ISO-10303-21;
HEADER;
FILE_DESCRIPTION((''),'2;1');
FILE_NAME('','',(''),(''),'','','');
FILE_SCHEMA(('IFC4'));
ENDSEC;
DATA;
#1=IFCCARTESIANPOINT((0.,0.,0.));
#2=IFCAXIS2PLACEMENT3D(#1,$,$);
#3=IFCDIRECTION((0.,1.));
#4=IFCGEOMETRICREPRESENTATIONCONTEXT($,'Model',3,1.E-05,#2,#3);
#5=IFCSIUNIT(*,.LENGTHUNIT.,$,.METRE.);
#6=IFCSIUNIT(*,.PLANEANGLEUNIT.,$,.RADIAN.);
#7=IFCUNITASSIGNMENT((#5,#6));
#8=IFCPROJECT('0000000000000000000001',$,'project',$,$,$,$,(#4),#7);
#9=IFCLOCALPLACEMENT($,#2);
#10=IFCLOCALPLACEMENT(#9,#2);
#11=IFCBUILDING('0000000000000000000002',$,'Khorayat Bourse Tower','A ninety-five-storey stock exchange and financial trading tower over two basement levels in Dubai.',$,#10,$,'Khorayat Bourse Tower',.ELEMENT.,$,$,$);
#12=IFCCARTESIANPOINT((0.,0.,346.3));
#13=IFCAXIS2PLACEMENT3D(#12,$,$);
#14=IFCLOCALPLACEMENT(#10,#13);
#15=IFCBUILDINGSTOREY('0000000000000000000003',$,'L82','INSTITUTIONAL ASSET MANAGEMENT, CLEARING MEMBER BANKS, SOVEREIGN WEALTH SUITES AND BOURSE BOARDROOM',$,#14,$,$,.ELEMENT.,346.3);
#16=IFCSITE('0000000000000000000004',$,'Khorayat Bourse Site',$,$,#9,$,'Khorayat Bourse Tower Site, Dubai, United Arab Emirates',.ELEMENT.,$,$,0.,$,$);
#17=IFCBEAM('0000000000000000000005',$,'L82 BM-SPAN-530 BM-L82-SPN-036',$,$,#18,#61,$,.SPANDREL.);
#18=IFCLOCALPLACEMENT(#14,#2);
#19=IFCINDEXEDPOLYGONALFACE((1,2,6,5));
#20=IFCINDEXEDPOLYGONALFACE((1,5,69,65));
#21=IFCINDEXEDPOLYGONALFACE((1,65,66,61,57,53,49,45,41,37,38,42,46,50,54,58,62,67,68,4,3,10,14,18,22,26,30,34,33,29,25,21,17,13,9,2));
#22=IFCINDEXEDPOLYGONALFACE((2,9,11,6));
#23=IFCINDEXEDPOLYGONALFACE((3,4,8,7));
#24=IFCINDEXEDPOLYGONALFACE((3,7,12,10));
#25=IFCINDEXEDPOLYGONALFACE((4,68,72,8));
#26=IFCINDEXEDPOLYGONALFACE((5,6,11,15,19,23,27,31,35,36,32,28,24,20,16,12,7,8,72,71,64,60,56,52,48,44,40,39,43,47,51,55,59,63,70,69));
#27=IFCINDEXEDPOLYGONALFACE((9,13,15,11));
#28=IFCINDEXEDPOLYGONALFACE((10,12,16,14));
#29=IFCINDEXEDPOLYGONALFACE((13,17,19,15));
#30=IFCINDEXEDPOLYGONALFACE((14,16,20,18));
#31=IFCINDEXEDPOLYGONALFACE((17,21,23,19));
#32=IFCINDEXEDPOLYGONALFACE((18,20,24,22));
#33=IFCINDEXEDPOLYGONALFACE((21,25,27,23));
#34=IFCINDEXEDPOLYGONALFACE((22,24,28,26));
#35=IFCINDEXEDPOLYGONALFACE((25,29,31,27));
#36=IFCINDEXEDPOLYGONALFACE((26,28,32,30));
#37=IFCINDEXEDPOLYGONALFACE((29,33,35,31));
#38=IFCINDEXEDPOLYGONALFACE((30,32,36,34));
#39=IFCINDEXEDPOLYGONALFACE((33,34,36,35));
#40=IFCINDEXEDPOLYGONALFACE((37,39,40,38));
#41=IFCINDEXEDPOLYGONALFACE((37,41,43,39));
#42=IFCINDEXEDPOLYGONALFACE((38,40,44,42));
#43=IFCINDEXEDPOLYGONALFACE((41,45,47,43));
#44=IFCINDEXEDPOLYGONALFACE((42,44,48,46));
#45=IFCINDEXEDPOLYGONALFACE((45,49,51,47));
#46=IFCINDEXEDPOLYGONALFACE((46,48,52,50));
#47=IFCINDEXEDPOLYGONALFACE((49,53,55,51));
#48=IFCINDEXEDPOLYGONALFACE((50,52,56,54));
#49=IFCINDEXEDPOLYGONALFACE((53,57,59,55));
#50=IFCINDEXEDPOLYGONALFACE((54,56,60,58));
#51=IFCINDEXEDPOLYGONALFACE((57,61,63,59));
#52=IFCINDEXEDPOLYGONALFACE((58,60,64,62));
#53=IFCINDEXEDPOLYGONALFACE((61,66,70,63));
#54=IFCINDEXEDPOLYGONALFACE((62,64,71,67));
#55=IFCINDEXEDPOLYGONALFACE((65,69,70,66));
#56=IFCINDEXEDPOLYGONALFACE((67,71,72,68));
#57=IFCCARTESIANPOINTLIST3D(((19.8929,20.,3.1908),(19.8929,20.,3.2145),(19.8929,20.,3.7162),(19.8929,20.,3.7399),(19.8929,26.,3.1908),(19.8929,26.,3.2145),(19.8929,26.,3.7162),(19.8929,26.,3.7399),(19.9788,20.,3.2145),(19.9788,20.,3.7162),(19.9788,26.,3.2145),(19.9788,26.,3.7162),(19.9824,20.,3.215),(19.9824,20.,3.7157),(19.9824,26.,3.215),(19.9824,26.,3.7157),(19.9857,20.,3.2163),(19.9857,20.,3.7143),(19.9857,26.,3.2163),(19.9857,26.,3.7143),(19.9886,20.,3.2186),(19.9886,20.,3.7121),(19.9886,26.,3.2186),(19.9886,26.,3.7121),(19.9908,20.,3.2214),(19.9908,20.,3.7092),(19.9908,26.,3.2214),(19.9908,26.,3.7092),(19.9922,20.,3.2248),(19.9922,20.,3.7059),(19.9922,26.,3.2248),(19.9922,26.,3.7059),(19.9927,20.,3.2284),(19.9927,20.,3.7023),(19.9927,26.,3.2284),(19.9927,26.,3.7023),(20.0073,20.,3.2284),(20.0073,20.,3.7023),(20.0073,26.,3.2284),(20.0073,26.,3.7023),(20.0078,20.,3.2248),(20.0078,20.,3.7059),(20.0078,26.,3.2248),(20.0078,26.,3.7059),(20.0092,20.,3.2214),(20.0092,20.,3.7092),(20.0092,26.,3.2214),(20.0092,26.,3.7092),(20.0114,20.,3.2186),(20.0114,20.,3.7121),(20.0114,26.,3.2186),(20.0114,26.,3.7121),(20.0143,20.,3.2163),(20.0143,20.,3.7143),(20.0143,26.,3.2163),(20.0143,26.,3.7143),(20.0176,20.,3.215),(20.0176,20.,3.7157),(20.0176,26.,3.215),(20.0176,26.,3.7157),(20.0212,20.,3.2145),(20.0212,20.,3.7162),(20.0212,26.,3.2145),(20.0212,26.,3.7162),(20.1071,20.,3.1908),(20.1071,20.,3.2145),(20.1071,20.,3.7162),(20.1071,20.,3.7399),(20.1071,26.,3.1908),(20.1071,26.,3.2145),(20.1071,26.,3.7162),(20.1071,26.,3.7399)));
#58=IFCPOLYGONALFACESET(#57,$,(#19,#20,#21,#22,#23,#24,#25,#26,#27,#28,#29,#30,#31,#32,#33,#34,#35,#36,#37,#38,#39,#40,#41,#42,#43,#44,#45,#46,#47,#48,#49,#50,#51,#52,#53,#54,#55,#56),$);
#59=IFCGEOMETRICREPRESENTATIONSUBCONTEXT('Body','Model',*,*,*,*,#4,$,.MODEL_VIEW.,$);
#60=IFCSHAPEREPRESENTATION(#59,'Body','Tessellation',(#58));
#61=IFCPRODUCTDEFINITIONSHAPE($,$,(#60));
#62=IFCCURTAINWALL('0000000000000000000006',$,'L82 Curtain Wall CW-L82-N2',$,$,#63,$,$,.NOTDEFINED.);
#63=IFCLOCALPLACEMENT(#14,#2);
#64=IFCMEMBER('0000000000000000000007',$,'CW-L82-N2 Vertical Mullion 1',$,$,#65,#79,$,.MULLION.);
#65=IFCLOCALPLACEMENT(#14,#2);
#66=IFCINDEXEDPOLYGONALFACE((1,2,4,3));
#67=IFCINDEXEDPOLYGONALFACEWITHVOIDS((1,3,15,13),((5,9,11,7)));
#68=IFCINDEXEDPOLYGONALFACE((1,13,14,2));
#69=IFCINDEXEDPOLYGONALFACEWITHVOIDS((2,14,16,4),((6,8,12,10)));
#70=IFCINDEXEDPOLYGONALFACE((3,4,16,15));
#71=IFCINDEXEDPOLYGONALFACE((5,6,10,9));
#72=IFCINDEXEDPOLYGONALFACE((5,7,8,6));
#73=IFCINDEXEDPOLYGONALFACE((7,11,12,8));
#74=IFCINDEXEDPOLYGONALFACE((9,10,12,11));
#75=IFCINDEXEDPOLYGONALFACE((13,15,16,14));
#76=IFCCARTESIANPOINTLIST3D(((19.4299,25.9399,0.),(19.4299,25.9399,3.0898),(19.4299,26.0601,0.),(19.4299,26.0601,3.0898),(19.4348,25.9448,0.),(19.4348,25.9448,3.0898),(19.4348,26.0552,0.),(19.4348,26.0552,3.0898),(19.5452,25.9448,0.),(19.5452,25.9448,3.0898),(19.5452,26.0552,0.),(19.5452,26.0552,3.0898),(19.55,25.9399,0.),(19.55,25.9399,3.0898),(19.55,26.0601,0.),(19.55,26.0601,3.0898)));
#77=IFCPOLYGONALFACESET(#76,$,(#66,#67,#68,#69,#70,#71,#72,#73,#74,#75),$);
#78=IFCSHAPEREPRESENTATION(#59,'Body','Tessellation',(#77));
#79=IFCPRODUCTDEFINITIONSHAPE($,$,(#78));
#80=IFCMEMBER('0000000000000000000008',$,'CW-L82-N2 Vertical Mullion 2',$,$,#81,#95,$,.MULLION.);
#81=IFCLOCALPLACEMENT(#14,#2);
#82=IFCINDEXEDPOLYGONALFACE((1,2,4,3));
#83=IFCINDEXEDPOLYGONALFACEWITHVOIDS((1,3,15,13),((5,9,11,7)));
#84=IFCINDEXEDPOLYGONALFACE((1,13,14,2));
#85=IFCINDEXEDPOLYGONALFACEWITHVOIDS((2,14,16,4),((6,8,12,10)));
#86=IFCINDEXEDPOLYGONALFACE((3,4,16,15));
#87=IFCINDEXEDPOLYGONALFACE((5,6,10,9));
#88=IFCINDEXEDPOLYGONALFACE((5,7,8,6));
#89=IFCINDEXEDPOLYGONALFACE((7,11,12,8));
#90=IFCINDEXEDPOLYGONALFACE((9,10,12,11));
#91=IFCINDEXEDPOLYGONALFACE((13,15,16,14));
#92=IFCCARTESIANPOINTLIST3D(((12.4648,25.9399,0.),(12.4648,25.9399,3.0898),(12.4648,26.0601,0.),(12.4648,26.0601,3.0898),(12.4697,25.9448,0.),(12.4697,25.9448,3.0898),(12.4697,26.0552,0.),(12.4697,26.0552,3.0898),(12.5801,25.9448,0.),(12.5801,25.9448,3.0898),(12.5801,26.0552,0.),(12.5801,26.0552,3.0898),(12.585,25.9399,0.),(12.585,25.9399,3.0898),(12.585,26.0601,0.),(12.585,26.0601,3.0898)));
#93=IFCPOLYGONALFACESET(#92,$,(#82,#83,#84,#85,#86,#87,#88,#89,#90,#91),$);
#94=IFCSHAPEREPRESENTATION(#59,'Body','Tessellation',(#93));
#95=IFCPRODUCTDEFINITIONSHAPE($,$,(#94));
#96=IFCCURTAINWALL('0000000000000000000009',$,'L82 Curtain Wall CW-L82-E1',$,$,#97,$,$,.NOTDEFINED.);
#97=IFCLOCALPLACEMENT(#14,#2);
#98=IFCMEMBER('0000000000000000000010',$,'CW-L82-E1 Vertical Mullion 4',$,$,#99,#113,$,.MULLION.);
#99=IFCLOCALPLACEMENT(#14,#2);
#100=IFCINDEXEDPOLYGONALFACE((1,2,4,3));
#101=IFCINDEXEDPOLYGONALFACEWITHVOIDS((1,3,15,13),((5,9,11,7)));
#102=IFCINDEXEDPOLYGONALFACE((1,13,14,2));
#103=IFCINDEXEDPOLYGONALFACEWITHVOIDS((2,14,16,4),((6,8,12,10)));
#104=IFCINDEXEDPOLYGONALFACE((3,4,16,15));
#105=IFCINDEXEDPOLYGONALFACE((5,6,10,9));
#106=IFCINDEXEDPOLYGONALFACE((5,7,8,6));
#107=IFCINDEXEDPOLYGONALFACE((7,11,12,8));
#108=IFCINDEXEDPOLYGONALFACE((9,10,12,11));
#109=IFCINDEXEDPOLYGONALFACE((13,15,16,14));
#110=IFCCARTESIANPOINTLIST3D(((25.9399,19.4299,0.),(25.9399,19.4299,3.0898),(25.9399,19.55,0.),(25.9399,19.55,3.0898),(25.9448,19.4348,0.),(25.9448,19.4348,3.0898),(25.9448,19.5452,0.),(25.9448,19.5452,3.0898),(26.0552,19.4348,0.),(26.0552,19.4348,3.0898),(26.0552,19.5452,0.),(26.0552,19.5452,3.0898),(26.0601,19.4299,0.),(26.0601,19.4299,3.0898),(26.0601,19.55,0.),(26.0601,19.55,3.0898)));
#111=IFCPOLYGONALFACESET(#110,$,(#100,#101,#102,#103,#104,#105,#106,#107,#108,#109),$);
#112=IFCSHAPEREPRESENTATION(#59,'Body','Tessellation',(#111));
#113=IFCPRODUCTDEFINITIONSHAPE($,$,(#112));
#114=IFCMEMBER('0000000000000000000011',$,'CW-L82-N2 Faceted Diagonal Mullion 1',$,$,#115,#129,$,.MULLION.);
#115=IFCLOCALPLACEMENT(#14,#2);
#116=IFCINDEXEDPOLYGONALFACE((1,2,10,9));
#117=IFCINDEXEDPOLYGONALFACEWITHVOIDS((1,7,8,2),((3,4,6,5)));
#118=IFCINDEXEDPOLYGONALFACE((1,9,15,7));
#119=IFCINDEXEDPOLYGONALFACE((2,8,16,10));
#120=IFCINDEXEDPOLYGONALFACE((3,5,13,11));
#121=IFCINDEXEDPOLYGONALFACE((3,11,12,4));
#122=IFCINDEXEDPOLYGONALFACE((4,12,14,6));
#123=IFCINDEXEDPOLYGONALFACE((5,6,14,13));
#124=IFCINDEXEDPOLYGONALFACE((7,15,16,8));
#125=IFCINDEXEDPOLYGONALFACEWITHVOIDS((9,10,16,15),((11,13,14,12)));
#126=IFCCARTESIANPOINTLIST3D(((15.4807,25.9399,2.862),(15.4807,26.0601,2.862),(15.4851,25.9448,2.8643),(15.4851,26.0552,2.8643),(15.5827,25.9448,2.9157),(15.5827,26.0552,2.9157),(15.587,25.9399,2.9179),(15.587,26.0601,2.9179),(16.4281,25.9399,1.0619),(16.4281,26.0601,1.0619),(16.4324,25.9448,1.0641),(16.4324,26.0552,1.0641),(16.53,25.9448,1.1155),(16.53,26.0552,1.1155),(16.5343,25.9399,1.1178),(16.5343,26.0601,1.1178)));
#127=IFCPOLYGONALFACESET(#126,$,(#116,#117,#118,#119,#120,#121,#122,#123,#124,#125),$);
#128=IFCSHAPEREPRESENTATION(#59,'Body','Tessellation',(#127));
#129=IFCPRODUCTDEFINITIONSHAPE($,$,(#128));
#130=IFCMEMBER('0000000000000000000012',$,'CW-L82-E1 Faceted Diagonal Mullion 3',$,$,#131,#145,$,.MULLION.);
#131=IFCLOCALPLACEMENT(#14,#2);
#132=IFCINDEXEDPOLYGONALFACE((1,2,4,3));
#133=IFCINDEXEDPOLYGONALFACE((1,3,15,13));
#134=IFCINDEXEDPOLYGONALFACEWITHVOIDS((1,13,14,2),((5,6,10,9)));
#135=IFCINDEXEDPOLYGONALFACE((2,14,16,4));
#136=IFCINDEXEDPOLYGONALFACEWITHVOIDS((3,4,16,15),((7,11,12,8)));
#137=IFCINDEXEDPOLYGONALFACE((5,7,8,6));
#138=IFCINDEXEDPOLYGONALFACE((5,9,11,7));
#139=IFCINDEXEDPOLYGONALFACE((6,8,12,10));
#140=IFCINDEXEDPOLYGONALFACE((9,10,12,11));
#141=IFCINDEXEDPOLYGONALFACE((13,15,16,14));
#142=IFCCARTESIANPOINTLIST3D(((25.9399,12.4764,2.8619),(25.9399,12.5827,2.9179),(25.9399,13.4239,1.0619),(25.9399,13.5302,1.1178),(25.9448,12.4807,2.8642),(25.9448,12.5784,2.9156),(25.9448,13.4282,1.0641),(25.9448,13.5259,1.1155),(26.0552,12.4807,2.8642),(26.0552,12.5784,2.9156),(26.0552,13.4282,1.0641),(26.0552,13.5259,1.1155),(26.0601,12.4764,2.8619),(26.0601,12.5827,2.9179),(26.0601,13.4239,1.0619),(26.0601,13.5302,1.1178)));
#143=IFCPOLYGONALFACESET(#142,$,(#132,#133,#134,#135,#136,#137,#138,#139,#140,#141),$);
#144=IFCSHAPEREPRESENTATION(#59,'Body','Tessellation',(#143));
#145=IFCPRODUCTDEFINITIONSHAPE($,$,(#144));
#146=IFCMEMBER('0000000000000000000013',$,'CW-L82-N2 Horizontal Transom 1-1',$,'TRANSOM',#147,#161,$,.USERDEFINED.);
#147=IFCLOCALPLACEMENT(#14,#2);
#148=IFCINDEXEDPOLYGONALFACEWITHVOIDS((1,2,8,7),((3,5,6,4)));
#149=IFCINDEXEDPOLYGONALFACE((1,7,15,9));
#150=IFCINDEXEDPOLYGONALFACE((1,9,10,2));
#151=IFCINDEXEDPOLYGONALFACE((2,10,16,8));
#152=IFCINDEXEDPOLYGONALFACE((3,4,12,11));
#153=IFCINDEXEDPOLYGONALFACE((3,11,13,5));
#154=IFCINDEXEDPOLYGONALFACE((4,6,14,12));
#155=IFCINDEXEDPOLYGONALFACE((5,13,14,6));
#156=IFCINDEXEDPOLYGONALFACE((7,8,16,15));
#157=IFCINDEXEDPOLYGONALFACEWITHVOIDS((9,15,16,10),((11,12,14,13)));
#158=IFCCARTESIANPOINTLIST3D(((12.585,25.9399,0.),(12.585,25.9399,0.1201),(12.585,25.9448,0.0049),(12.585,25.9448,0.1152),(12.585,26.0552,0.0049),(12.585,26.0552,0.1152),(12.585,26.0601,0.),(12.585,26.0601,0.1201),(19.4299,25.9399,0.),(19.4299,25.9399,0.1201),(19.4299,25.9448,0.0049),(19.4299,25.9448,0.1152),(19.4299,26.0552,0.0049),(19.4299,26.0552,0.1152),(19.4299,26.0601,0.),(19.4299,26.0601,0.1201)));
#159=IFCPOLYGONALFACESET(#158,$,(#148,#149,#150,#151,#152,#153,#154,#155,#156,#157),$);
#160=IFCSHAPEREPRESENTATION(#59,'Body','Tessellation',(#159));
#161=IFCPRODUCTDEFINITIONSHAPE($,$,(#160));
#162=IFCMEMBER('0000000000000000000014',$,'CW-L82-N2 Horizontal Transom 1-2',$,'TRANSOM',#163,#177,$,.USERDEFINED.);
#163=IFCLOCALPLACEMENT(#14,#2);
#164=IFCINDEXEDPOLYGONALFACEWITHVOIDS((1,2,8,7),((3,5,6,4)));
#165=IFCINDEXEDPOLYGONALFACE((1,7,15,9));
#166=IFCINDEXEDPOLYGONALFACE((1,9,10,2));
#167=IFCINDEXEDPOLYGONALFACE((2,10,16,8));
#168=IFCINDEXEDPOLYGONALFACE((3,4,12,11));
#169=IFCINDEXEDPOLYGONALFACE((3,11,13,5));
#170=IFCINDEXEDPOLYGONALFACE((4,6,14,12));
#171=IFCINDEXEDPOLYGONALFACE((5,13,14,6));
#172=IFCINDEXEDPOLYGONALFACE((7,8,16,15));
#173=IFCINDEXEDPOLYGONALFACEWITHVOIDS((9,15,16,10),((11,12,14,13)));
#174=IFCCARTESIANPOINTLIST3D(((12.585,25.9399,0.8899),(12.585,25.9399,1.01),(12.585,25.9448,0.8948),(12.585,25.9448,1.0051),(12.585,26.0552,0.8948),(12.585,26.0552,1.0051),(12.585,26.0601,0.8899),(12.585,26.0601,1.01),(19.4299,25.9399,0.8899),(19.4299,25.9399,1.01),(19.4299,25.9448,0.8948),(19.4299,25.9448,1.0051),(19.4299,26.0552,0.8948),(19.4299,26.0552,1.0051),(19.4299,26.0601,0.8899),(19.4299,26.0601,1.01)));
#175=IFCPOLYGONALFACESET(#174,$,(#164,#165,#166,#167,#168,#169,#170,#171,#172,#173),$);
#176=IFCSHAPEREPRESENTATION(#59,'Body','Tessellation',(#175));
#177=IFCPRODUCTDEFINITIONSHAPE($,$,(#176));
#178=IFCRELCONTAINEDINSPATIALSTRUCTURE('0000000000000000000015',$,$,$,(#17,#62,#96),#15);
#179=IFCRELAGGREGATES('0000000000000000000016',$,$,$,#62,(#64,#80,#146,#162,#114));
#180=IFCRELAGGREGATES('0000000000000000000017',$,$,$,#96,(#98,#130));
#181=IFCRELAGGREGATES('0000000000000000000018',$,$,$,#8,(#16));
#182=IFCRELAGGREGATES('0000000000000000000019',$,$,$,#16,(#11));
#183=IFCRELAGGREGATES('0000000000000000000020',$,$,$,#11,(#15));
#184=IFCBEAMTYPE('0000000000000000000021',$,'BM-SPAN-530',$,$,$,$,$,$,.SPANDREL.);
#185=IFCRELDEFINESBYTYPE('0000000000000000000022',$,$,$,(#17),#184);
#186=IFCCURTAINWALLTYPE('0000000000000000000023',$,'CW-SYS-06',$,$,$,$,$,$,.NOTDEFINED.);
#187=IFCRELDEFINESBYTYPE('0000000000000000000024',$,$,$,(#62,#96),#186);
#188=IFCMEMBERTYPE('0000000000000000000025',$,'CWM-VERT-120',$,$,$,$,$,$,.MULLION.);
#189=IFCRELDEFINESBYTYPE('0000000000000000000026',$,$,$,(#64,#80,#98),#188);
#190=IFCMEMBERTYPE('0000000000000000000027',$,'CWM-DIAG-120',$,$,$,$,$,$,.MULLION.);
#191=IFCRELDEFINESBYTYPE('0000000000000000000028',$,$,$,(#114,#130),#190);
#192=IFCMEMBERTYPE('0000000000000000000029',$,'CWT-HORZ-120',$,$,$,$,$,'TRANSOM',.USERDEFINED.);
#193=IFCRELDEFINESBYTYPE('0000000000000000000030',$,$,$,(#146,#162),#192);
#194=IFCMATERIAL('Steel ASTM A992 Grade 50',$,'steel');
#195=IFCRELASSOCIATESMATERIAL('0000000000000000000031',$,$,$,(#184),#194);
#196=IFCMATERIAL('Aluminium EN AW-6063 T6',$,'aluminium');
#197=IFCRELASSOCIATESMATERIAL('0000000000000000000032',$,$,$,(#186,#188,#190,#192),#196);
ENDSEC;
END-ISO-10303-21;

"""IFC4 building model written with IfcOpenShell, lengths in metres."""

from ifc_helpers import new_model, si_unit, direction, frame, origin, origin_2d, place, context, subcontext, project, spatial, hollow_rectangle, i_section, extrude, source, transform, mapped, material, material_profile, profile_set, type_object, element, aggregate, save


model = new_model("IFC4")

# Units and contexts
model_context = context("Model", 3, precision=1e-05, world=origin(), true_north=direction((0.0, 1.0)))
body_context = subcontext(model_context, "Body", "Model", "MODEL_VIEW")
ifc_project = project(units=[si_unit("LENGTHUNIT", "METRE"), si_unit("PLANEANGLEUNIT", "RADIAN")], contexts=[model_context])

# Site, building, storey
site_placement = place(None, origin())
site = spatial("IfcSite", under=ifc_project, at=site_placement, Name="Khorayat Bourse Site", LongName="Khorayat Bourse Tower Site, Dubai, United Arab Emirates", CompositionType="ELEMENT", RefElevation=0.0)
building_placement = place(site_placement, origin())
building = spatial("IfcBuilding", under=site, at=building_placement, Name="Khorayat Bourse Tower", Description="A ninety-five-storey stock exchange and financial trading tower over two basement levels in Dubai.", LongName="Khorayat Bourse Tower", CompositionType="ELEMENT")
storey_placement = place(building_placement, frame((0.0, 0.0, 346.3)))
storey = spatial("IfcBuildingStorey", under=building, at=storey_placement, Name="L82", Description="INSTITUTIONAL ASSET MANAGEMENT, CLEARING MEMBER BANKS, SOVEREIGN WEALTH SUITES AND BOURSE BOARDROOM", CompositionType="ELEMENT", Elevation=346.3)

# Beam
ifc_material_1 = material(Name="Steel ASTM A992 Grade 50", Category="steel")
ifc_material_profile_1 = material_profile(ifc_material_1, i_section(OverallWidth=0.2141, OverallDepth=0.5491, WebThickness=0.0146, FlangeThickness=0.0237, FilletRadius=0.0139, at=origin_2d()), Name="W530X138")
ifc_profile_set_1 = profile_set([ifc_material_profile_1], Name="Steel ASTM A992 Grade 50")
beam_type = type_object("IfcBeamType", Name="BM-SPAN-530", PredefinedType="SPANDREL", material=ifc_profile_set_1)
shared_shape_1 = source(origin(), body_context, "Body", "SweptSolid", [
    extrude(i_section(OverallWidth=0.2141, OverallDepth=0.5491, WebThickness=0.0146, FlangeThickness=0.0237, FilletRadius=0.0139, at=origin_2d()), origin(), (0.0, 0.0, 1.0), 6.0),
])
for number, where, z_axis, x_axis, name in (
    (1, (20.0, 20.0, 3.4653), (0.0, 1.0, 0.0), (-1.0, 0.0, 0.0), "L82 BM-SPAN-530 BM-L82-SPN-036"),
):
    element("IfcBeam", number, at=place(storey_placement, frame(where, z_axis=z_axis, x_axis=x_axis)), inside=storey, type_object=beam_type, Name=name, PredefinedType="SPANDREL", context=body_context, shape_type="MappedRepresentation", body=[
        mapped(shared_shape_1, transform((0.0, 0.0, 0.0), scale=1.0)),
    ])

# Curtain wall, members
ifc_material_2 = material(Name="Aluminium EN AW-6063 T6", Category="aluminium")
curtain_wall_type = type_object("IfcCurtainWallType", Name="CW-SYS-06", PredefinedType="NOTDEFINED", material=ifc_material_2)
curtain_wall_1_placement = place(storey_placement, origin())
curtain_wall_1 = element("IfcCurtainWall", 2, at=curtain_wall_1_placement, inside=storey, type_object=curtain_wall_type, Name="L82 Curtain Wall CW-L82-N2", PredefinedType="NOTDEFINED")
ifc_material_profile_2 = material_profile(ifc_material_2, hollow_rectangle(XDim=0.1201, YDim=0.1201, WallThickness=0.0049, at=origin_2d()), Name="ALU 120x120x5")
ifc_profile_set_2 = profile_set([ifc_material_profile_2], Name="Aluminium EN AW-6063 T6")
member_type_1 = type_object("IfcMemberType", Name="CWM-VERT-120", PredefinedType="MULLION", material=ifc_profile_set_2)
shared_shape_2 = source(origin(), body_context, "Body", "SweptSolid", [
    extrude(hollow_rectangle(XDim=0.1201, YDim=0.1201, WallThickness=0.0049, at=origin_2d()), origin(), (0.0, 0.0, 1.0), 3.0898),
])
member_1_placement = place(storey_placement, frame((19.49, 26.0, 0.0), z_axis=(0.0, 0.0, 1.0), x_axis=(0.0, -1.0, 0.0)))
member_1 = element("IfcMember", 3, at=member_1_placement, type_object=member_type_1, Name="CW-L82-N2 Vertical Mullion 1", PredefinedType="MULLION", context=body_context, shape_type="MappedRepresentation", body=[
    mapped(shared_shape_2, transform((0.0, 0.0, 0.0), scale=1.0)),
])
member_2_placement = place(storey_placement, frame((12.5249, 26.0, 0.0), z_axis=(0.0, 0.0, 1.0), x_axis=(0.0, -1.0, 0.0)))
member_2 = element("IfcMember", 4, at=member_2_placement, type_object=member_type_1, Name="CW-L82-N2 Vertical Mullion 2", PredefinedType="MULLION", context=body_context, shape_type="MappedRepresentation", body=[
    mapped(shared_shape_2, transform((0.0, 0.0, 0.0), scale=1.0)),
])

# Curtain wall, member
curtain_wall_2_placement = place(storey_placement, origin())
curtain_wall_2 = element("IfcCurtainWall", 5, at=curtain_wall_2_placement, inside=storey, type_object=curtain_wall_type, Name="L82 Curtain Wall CW-L82-E1", PredefinedType="NOTDEFINED")
member_3_placement = place(storey_placement, frame((26.0, 19.49, 0.0), z_axis=(0.0, 0.0, 1.0), x_axis=(-1.0, 0.0, 0.0)))
member_3 = element("IfcMember", 6, at=member_3_placement, type_object=member_type_1, Name="CW-L82-E1 Vertical Mullion 4", PredefinedType="MULLION", context=body_context, shape_type="MappedRepresentation", body=[
    mapped(shared_shape_2, transform((0.0, 0.0, 0.0), scale=1.0)),
])

# Members
ifc_material_profile_3 = material_profile(ifc_material_2, hollow_rectangle(XDim=0.1201, YDim=0.1201, WallThickness=0.0049, at=origin_2d()), Name="ALU 120x120x5")
ifc_profile_set_3 = profile_set([ifc_material_profile_3], Name="Aluminium EN AW-6063 T6")
member_type_2 = type_object("IfcMemberType", Name="CWM-DIAG-120", PredefinedType="MULLION", material=ifc_profile_set_3)
shared_shape_3 = source(origin(), body_context, "Body", "SweptSolid", [
    extrude(hollow_rectangle(XDim=0.1201, YDim=0.1201, WallThickness=0.0049, at=origin_2d()), origin(), (0.0, 0.0, 1.0), 2.0342),
])
member_4_placement = place(storey_placement, frame((16.4812, 26.0, 1.0898), z_axis=(-0.465697, 0.0, 0.884944), x_axis=(0.0, -1.0, 0.0)))
member_4 = element("IfcMember", 7, at=member_4_placement, type_object=member_type_2, Name="CW-L82-N2 Faceted Diagonal Mullion 1", PredefinedType="MULLION", context=body_context, shape_type="MappedRepresentation", body=[
    mapped(shared_shape_3, transform((0.0, 0.0, 0.0), scale=1.0)),
])
member_5_placement = place(storey_placement, frame((26.0, 13.4771, 1.0898), z_axis=(0.0, -0.465791, 0.884895), x_axis=(1.0, 0.0, 0.0)))
member_5 = element("IfcMember", 8, at=member_5_placement, type_object=member_type_2, Name="CW-L82-E1 Faceted Diagonal Mullion 3", PredefinedType="MULLION", context=body_context, shape_type="MappedRepresentation", body=[
    mapped(shared_shape_3, transform((0.0, 0.0, 0.0), scale=1.0)),
])
ifc_material_profile_4 = material_profile(ifc_material_2, hollow_rectangle(XDim=0.1201, YDim=0.1201, WallThickness=0.0049, at=origin_2d()), Name="ALU 120x120x5")
ifc_profile_set_4 = profile_set([ifc_material_profile_4], Name="Aluminium EN AW-6063 T6")
member_type_3 = type_object("IfcMemberType", Name="CWT-HORZ-120", ElementType="TRANSOM", PredefinedType="USERDEFINED", material=ifc_profile_set_4)
shared_shape_4 = source(origin(), body_context, "Body", "SweptSolid", [
    extrude(hollow_rectangle(XDim=0.1201, YDim=0.1201, WallThickness=0.0049, at=origin_2d()), origin(), (0.0, 0.0, 1.0), 6.845),
])
member_6_placement = place(storey_placement, frame((19.4299, 26.0, 0.0601), z_axis=(-1.0, 0.0, 0.0), x_axis=(0.0, -1.0, 0.0)))
member_6 = element("IfcMember", 9, at=member_6_placement, type_object=member_type_3, Name="CW-L82-N2 Horizontal Transom 1-1", ObjectType="TRANSOM", PredefinedType="USERDEFINED", context=body_context, shape_type="MappedRepresentation", body=[
    mapped(shared_shape_4, transform((0.0, 0.0, 0.0), scale=1.0)),
])
member_7_placement = place(storey_placement, frame((19.4299, 26.0, 0.95), z_axis=(-1.0, 0.0, 0.0), x_axis=(0.0, -1.0, 0.0)))
member_7 = element("IfcMember", 10, at=member_7_placement, type_object=member_type_3, Name="CW-L82-N2 Horizontal Transom 1-2", ObjectType="TRANSOM", PredefinedType="USERDEFINED", context=body_context, shape_type="MappedRepresentation", body=[
    mapped(shared_shape_4, transform((0.0, 0.0, 0.0), scale=1.0)),
])

aggregate(curtain_wall_1, [member_1, member_2, member_6, member_7, member_4])
aggregate(curtain_wall_2, [member_3, member_5])

save(model, "model.ifc")
